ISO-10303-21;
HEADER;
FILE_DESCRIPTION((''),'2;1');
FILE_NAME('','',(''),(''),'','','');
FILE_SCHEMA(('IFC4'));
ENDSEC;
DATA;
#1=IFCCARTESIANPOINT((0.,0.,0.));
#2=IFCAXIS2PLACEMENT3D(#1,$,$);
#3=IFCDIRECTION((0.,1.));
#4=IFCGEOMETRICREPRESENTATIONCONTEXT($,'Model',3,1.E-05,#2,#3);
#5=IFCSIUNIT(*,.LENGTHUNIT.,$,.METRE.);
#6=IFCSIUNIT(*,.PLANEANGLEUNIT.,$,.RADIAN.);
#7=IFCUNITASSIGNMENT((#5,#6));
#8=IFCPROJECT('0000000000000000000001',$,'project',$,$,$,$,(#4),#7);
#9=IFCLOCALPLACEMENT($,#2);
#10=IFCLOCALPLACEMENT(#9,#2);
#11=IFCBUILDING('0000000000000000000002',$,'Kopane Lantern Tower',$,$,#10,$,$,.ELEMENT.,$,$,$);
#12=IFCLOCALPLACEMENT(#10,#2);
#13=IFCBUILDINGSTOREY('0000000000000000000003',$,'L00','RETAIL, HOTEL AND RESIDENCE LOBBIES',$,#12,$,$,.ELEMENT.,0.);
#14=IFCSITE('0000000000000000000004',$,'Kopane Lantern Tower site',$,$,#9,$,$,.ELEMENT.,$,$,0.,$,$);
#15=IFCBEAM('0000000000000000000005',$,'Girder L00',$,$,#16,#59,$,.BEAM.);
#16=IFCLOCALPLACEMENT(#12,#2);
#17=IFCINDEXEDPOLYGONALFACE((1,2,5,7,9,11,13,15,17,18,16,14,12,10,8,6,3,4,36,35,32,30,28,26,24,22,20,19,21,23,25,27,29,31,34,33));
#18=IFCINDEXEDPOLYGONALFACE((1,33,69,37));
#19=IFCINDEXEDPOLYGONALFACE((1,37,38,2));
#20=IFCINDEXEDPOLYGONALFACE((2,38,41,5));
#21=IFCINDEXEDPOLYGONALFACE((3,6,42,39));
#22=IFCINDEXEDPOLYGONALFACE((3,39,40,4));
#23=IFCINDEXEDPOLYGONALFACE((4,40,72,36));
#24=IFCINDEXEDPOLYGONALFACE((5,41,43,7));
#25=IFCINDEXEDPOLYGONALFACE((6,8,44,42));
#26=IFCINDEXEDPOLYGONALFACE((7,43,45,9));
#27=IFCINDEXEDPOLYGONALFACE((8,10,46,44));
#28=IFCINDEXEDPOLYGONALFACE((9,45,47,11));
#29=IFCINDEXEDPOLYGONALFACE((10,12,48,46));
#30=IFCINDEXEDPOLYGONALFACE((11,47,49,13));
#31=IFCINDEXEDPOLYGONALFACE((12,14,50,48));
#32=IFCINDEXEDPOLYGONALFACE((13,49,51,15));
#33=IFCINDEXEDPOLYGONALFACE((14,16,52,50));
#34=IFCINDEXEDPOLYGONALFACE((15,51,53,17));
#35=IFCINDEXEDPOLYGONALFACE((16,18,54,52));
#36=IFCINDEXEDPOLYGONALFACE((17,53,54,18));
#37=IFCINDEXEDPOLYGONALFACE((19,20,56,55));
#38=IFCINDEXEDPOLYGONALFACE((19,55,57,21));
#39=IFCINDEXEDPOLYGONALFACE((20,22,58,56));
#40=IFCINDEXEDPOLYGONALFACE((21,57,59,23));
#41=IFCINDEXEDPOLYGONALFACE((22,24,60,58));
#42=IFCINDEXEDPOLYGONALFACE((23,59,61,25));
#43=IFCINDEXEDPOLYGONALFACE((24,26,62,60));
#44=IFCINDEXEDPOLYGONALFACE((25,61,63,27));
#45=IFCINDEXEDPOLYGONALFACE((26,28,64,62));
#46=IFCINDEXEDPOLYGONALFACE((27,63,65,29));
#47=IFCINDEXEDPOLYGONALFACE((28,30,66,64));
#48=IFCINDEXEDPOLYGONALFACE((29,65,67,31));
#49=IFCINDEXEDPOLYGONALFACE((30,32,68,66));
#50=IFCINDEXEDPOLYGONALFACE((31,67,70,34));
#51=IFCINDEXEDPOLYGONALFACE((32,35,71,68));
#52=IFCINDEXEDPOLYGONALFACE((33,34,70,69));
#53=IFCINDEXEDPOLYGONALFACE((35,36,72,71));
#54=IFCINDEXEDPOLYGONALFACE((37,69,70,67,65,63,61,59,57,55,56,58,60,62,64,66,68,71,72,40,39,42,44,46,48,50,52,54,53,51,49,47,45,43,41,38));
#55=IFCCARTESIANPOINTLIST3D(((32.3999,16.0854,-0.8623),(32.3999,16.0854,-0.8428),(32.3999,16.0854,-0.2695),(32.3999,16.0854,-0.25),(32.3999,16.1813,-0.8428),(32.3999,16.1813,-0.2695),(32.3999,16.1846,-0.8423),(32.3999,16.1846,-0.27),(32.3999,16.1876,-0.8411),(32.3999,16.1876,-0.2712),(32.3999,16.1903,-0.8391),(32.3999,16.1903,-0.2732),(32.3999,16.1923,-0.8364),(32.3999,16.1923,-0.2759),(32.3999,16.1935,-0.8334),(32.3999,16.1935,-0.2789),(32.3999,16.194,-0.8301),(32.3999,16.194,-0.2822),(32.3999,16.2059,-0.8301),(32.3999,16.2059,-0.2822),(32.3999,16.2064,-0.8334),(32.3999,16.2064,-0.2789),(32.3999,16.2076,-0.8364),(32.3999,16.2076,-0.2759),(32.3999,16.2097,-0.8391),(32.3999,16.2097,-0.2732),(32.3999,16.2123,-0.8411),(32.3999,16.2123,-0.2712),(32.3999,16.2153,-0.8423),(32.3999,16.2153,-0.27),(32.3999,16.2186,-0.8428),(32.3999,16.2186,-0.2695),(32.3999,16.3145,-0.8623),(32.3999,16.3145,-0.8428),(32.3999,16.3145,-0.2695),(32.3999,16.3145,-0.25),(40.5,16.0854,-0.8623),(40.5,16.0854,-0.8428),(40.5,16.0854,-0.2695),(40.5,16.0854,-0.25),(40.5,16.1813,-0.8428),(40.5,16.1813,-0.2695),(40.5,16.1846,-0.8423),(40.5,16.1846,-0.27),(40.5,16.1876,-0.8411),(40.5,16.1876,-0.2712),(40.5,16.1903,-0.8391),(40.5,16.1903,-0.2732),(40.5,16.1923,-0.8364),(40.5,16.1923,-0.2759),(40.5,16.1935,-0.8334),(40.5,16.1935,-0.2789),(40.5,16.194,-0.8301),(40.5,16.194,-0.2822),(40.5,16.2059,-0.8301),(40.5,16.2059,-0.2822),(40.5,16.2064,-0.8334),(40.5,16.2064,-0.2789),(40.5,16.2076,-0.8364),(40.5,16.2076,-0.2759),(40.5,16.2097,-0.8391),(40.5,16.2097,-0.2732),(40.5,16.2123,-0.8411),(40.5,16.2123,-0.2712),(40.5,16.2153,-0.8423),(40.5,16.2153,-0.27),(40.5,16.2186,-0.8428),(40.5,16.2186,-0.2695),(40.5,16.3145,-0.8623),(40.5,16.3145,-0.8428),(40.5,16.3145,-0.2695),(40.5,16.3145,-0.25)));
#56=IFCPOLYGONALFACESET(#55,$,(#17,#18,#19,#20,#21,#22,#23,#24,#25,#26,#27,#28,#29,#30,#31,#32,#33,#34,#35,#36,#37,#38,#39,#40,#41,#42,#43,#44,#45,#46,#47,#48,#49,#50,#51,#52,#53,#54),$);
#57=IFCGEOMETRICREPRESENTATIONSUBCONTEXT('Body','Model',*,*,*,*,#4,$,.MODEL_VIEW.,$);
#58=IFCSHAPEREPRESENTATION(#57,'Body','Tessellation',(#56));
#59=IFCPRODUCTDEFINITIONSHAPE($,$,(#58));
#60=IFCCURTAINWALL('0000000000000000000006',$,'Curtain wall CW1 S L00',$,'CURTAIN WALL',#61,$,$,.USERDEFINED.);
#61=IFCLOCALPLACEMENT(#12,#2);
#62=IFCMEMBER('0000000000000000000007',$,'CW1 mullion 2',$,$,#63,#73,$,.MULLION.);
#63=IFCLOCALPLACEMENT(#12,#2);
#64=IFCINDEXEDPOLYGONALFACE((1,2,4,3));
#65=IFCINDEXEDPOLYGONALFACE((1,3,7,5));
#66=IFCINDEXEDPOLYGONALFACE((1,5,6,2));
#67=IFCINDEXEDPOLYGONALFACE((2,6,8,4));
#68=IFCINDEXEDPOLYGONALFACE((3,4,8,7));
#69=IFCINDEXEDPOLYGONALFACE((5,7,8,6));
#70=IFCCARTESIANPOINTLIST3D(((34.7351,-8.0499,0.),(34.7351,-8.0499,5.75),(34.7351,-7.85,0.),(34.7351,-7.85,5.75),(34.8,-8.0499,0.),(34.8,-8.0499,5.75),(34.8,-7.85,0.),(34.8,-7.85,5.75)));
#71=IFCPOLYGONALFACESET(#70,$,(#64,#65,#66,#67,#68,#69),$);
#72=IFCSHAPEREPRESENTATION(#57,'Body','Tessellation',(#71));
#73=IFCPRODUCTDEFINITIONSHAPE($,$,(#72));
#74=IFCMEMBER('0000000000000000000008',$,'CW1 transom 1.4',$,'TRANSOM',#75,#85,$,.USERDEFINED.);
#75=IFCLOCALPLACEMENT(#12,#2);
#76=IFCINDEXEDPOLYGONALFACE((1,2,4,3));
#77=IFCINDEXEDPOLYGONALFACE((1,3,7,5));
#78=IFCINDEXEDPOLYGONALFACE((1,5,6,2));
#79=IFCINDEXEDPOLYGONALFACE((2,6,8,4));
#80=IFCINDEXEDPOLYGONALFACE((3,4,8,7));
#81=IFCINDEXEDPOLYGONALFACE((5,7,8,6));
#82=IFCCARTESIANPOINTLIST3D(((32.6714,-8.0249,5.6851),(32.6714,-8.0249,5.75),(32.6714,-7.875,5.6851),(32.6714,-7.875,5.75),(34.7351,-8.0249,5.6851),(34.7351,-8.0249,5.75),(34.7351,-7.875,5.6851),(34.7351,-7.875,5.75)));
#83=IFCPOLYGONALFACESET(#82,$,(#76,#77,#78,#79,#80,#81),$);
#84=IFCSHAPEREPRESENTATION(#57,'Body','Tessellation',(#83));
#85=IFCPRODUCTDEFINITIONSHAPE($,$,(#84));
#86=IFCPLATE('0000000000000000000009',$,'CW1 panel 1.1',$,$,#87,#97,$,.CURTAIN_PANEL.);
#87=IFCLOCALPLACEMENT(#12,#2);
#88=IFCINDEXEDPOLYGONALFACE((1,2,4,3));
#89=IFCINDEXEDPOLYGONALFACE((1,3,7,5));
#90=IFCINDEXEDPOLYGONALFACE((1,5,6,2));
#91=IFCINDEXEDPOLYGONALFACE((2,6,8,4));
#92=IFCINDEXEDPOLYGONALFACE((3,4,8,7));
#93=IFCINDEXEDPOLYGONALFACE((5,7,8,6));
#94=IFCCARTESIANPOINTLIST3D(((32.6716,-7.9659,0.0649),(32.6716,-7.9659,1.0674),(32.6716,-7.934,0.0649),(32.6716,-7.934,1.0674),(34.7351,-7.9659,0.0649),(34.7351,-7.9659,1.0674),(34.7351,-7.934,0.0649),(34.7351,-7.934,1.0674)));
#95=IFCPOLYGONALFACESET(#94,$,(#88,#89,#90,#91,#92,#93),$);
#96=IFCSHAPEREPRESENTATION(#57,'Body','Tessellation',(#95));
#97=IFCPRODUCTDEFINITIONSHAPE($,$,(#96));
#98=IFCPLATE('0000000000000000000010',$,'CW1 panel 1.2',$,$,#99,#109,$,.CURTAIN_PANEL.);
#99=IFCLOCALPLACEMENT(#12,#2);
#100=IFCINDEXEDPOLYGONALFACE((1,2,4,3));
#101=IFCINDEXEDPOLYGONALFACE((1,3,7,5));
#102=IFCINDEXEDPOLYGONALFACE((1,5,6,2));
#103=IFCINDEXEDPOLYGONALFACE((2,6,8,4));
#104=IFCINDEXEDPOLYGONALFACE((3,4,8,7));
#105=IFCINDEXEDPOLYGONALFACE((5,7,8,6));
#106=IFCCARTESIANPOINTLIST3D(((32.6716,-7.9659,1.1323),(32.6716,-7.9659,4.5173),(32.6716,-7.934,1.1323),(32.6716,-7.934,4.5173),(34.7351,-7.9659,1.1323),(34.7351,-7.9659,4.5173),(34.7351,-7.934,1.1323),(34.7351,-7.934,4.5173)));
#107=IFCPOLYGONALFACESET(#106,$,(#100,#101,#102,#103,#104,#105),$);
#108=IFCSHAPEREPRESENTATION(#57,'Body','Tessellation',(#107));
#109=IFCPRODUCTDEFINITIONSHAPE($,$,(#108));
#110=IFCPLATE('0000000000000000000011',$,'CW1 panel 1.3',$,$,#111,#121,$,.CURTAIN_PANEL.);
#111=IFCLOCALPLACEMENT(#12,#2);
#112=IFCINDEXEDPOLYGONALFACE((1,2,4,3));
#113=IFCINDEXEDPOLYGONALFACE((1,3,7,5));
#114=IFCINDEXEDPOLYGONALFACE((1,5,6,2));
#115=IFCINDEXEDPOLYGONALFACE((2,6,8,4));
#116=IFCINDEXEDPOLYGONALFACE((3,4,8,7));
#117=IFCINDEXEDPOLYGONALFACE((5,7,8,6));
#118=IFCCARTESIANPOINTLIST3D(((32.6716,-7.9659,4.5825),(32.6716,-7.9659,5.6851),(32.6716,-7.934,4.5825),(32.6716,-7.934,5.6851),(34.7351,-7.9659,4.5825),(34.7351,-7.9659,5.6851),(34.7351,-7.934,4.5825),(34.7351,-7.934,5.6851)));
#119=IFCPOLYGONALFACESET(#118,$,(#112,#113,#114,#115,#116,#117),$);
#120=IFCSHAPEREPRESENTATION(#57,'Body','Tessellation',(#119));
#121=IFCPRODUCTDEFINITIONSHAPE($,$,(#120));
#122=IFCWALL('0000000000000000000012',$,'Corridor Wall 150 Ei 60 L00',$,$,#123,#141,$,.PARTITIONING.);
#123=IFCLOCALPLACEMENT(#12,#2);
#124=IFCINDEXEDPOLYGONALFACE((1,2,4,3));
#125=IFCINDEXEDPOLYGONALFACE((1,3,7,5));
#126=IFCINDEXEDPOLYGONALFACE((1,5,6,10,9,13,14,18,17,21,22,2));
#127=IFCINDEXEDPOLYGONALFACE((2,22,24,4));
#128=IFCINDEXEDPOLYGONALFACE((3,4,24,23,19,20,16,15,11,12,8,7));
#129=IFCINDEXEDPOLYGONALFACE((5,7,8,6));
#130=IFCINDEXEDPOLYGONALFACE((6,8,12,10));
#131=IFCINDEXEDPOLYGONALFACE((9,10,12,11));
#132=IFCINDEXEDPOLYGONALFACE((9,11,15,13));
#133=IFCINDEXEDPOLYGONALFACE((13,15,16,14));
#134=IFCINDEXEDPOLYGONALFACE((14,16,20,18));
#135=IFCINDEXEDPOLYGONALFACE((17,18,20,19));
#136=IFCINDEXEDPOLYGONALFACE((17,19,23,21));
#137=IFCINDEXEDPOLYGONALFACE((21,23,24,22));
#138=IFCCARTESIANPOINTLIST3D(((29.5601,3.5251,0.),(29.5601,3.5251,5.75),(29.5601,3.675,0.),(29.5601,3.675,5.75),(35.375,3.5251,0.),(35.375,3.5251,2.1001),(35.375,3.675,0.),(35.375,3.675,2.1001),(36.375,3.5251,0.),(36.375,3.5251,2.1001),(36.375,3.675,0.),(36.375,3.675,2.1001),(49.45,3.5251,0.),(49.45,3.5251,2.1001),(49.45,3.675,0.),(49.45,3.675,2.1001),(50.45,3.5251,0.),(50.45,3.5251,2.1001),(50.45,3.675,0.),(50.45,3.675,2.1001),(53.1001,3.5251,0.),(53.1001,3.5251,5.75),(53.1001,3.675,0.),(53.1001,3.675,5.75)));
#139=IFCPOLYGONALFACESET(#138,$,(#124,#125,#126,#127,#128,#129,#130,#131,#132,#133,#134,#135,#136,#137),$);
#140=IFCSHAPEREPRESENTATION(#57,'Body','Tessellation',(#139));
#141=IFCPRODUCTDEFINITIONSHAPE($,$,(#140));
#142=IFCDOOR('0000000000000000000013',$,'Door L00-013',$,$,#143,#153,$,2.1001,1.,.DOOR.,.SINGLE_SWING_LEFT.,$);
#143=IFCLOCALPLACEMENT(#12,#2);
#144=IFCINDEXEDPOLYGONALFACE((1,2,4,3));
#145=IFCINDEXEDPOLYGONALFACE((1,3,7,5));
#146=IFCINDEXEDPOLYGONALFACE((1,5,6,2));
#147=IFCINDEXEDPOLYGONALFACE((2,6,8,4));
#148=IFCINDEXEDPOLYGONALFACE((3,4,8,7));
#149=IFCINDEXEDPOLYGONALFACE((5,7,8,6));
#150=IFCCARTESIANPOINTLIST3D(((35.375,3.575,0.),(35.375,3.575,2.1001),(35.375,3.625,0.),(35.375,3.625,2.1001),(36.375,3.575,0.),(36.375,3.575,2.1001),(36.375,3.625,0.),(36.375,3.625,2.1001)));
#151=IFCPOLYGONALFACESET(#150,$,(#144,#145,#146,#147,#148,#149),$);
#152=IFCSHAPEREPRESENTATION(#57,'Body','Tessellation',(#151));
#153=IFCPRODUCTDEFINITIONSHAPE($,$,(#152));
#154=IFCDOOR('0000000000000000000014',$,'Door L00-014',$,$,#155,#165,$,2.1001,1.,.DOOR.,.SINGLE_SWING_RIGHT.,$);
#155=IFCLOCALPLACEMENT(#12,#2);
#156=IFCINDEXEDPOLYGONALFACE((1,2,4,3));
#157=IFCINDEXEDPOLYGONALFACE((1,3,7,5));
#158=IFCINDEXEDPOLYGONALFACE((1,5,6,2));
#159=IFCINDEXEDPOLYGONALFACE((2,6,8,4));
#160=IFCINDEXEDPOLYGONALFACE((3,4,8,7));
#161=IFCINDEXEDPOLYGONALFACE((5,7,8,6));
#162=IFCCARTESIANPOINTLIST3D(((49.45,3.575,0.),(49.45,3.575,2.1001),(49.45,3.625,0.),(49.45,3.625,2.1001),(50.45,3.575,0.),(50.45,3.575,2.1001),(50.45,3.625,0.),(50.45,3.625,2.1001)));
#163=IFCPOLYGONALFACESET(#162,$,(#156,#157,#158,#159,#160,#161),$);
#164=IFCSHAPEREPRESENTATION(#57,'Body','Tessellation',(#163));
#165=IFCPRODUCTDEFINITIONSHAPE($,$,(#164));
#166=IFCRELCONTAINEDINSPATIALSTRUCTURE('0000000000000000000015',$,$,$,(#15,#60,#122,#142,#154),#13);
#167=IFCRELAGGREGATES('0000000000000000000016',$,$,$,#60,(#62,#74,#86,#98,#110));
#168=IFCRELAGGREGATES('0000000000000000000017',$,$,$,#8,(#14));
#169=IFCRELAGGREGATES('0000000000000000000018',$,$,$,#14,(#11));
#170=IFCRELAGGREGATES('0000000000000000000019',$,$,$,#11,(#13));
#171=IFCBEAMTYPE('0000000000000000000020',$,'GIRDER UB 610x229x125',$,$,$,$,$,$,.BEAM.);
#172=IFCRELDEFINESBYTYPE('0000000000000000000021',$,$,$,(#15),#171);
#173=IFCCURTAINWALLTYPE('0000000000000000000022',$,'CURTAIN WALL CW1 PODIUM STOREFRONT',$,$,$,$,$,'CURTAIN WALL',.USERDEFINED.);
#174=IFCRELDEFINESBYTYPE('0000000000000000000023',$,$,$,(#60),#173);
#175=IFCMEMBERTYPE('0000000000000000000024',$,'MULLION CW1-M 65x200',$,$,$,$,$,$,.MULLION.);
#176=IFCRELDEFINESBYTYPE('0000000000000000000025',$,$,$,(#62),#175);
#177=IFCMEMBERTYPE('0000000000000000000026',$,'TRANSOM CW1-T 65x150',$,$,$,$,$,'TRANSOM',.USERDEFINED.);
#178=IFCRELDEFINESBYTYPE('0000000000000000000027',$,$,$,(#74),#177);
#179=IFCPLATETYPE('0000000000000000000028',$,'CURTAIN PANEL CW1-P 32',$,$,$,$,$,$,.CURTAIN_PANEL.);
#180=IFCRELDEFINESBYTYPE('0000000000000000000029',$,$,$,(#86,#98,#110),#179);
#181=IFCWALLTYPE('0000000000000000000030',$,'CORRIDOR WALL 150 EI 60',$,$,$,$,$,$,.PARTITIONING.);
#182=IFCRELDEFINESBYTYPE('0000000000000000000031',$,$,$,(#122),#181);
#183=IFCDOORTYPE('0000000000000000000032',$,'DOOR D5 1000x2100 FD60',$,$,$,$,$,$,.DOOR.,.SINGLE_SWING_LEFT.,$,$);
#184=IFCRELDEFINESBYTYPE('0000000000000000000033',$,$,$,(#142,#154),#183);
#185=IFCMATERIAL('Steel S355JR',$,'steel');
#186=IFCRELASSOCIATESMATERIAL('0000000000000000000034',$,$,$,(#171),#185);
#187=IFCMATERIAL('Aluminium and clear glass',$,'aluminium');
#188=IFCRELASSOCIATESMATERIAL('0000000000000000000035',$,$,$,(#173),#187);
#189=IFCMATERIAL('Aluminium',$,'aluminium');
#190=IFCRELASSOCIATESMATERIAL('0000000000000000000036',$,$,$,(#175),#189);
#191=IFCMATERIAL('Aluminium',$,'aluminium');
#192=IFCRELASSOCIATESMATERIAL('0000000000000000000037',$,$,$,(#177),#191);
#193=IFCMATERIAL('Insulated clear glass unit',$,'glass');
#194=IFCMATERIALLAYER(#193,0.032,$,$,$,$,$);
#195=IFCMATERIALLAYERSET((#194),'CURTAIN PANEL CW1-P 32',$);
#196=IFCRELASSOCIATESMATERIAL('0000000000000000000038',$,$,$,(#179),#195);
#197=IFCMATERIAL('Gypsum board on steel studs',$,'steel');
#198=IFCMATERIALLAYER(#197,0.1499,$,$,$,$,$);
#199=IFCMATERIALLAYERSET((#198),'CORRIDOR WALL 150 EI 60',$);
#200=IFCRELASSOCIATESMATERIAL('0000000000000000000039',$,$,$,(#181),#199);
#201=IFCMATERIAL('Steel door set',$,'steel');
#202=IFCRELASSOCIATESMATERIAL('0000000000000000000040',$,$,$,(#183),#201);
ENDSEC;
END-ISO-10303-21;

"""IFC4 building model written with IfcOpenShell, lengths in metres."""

from ifc_helpers import new_model, si_unit, direction, frame, frame_2d, origin, origin_2d, place, context, subcontext, project, spatial, rectangle, i_section, extrude, material, layer, layer_set, material_profile, profile_set, type_object, element, fill, aggregate, save


model = new_model("IFC4")

# Units and contexts
model_context = context("Model", 3, precision=1e-05, world=origin(), true_north=direction((0.0, 1.0)))
body_context = subcontext(model_context, "Body", "Model", "MODEL_VIEW")
ifc_project = project(units=[si_unit("LENGTHUNIT", "METRE"), si_unit("PLANEANGLEUNIT", "RADIAN")], contexts=[model_context])

# Site, building, storey
site_placement = place(None, origin())
site = spatial("IfcSite", under=ifc_project, at=site_placement, Name="Kopane Lantern Tower site", CompositionType="ELEMENT", RefElevation=0.0)
building_placement = place(site_placement, origin())
building = spatial("IfcBuilding", under=site, at=building_placement, Name="Kopane Lantern Tower", CompositionType="ELEMENT")
storey_placement = place(building_placement, origin())
storey = spatial("IfcBuildingStorey", under=building, at=storey_placement, Name="L00", Description="RETAIL, HOTEL AND RESIDENCE LOBBIES", CompositionType="ELEMENT", Elevation=0.0)

# Beam
ifc_material_1 = material(Name="Steel S355JR", Category="steel")
ifc_material_profile_1 = material_profile(ifc_material_1, i_section(OverallWidth=0.229, OverallDepth=0.6123, WebThickness=0.012, FlangeThickness=0.0195, FilletRadius=0.0127, at=origin_2d()), Name="UB 610x229x125")
ifc_profile_set_1 = profile_set([ifc_material_profile_1], Name="Steel S355JR")
beam_type = type_object("IfcBeamType", Name="GIRDER UB 610x229x125", PredefinedType="BEAM", material=ifc_profile_set_1)
for number, where, z_axis, x_axis, name in (
    (1, (32.3999, 16.2, -0.5562), (1.0, 0.0, 0.0), (0.0, 1.0, 0.0), "Girder L00"),
):
    element("IfcBeam", number, at=place(storey_placement, frame(where, z_axis=z_axis, x_axis=x_axis)), inside=storey, type_object=beam_type, Name=name, PredefinedType="BEAM", context=body_context, shape_type="SweptSolid", body=[
        extrude(i_section(OverallWidth=0.229, OverallDepth=0.6123, WebThickness=0.012, FlangeThickness=0.0195, FilletRadius=0.0127, at=origin_2d()), origin(), (0.0, 0.0, 1.0), 8.1001),
    ])

# Curtain wall, members, plates
ifc_material_2 = material(Name="Aluminium and clear glass", Category="aluminium")
curtain_wall_type = type_object("IfcCurtainWallType", Name="CURTAIN WALL CW1 PODIUM STOREFRONT", ElementType="CURTAIN WALL", PredefinedType="USERDEFINED", material=ifc_material_2)
curtain_wall_placement = place(storey_placement, origin())
curtain_wall = element("IfcCurtainWall", 2, at=curtain_wall_placement, inside=storey, type_object=curtain_wall_type, Name="Curtain wall CW1 S L00", ObjectType="CURTAIN WALL", PredefinedType="USERDEFINED")
ifc_material_3 = material(Name="Aluminium", Category="aluminium")
ifc_material_profile_2 = material_profile(ifc_material_3, rectangle(XDim=0.0649, YDim=0.2, at=origin_2d()), Name="AL 65x200")
ifc_profile_set_2 = profile_set([ifc_material_profile_2], Name="Aluminium")
member_type_1 = type_object("IfcMemberType", Name="MULLION CW1-M 65x200", PredefinedType="MULLION", material=ifc_profile_set_2)
member_1_placement = place(storey_placement, frame((34.7676, -7.95, 0.0), z_axis=(0.0, 0.0, 1.0), x_axis=(1.0, 0.0, 0.0)))
member_1 = element("IfcMember", 3, at=member_1_placement, type_object=member_type_1, Name="CW1 mullion 2", PredefinedType="MULLION", context=body_context, shape_type="SweptSolid", body=[
    extrude(rectangle(XDim=0.0649, YDim=0.2, at=origin_2d()), origin(), (0.0, 0.0, 1.0), 5.75),
])
ifc_material_4 = material(Name="Aluminium", Category="aluminium")
ifc_material_profile_3 = material_profile(ifc_material_4, rectangle(XDim=0.1499, YDim=0.0649, at=origin_2d()), Name="AL 150x65")
ifc_profile_set_3 = profile_set([ifc_material_profile_3], Name="Aluminium")
member_type_2 = type_object("IfcMemberType", Name="TRANSOM CW1-T 65x150", ElementType="TRANSOM", PredefinedType="USERDEFINED", material=ifc_profile_set_3)
member_2_placement = place(storey_placement, frame((32.6714, -7.95, 5.7175), z_axis=(1.0, 0.0, 0.0), x_axis=(0.0, 1.0, 0.0)))
member_2 = element("IfcMember", 4, at=member_2_placement, type_object=member_type_2, Name="CW1 transom 1.4", ObjectType="TRANSOM", PredefinedType="USERDEFINED", context=body_context, shape_type="SweptSolid", body=[
    extrude(rectangle(XDim=0.1499, YDim=0.0649, at=origin_2d()), origin(), (0.0, 0.0, 1.0), 2.0637),
])
ifc_material_5 = material(Name="Insulated clear glass unit", Category="glass")
ifc_layer_1 = layer(ifc_material_5, 0.032)
ifc_layer_set_1 = layer_set([ifc_layer_1], Name="CURTAIN PANEL CW1-P 32")
plate_type = type_object("IfcPlateType", Name="CURTAIN PANEL CW1-P 32", PredefinedType="CURTAIN_PANEL", material=ifc_layer_set_1)
plate_1_placement = place(storey_placement, frame((33.7034, -7.95, 0.0649), z_axis=(0.0, 0.0, 1.0), x_axis=(1.0, 0.0, 0.0)))
plate_1 = element("IfcPlate", 5, at=plate_1_placement, type_object=plate_type, Name="CW1 panel 1.1", PredefinedType="CURTAIN_PANEL", context=body_context, shape_type="SweptSolid", body=[
    extrude(rectangle(XDim=2.0635, YDim=0.032, at=origin_2d()), origin(), (0.0, 0.0, 1.0), 1.0024),
])
plate_2_placement = place(storey_placement, frame((33.7034, -7.95, 1.1323), z_axis=(0.0, 0.0, 1.0), x_axis=(1.0, 0.0, 0.0)))
plate_2 = element("IfcPlate", 6, at=plate_2_placement, type_object=plate_type, Name="CW1 panel 1.2", PredefinedType="CURTAIN_PANEL", context=body_context, shape_type="SweptSolid", body=[
    extrude(rectangle(XDim=2.0635, YDim=0.032, at=origin_2d()), origin(), (0.0, 0.0, 1.0), 3.385),
])
plate_3_placement = place(storey_placement, frame((33.7034, -7.95, 4.5825), z_axis=(0.0, 0.0, 1.0), x_axis=(1.0, 0.0, 0.0)))
plate_3 = element("IfcPlate", 7, at=plate_3_placement, type_object=plate_type, Name="CW1 panel 1.3", PredefinedType="CURTAIN_PANEL", context=body_context, shape_type="SweptSolid", body=[
    extrude(rectangle(XDim=2.0635, YDim=0.032, at=origin_2d()), origin(), (0.0, 0.0, 1.0), 1.1025),
])
aggregate(curtain_wall, [member_1, member_2, plate_1, plate_2, plate_3])

# Wall, openings, doors
ifc_material_6 = material(Name="Gypsum board on steel studs", Category="steel")
ifc_layer_2 = layer(ifc_material_6, 0.1499)
ifc_layer_set_2 = layer_set([ifc_layer_2], Name="CORRIDOR WALL 150 EI 60")
wall_type_1 = type_object("IfcWallType", Name="CORRIDOR WALL 150 EI 60", PredefinedType="PARTITIONING", material=ifc_layer_set_2)
wall_1_placement = place(storey_placement, frame((29.5601, 3.6001, 0.0), z_axis=(0.0, 0.0, 1.0), x_axis=(1.0, 0.0, 0.0)))
wall_1 = element("IfcWall", 8, at=wall_1_placement, inside=storey, type_object=wall_type_1, Name="Corridor Wall 150 Ei 60 L00", PredefinedType="PARTITIONING", context=body_context, shape_type="SweptSolid", body=[
    extrude(rectangle(XDim=23.54, YDim=0.1499, at=frame_2d((11.77, 0.0))), origin(), (0.0, 0.0, 1.0), 5.75),
])
opening_1_placement = place(wall_1_placement, frame((5.8149, 0.0, 0.0)))
opening_1 = element("IfcOpeningElement", 9, at=opening_1_placement, cuts=wall_1, PredefinedType="OPENING", context=body_context, shape_type="SweptSolid", body=[
    extrude(rectangle(XDim=1.0, YDim=2.1001, at=frame_2d((0.5, 1.05))), frame((0.0, 0.085, 0.0), z_axis=(0.0, -1.0, 0.0), x_axis=(1.0, 0.0, 0.0)), (0.0, 0.0, 1.0), 0.1699),
])
opening_2_placement = place(wall_1_placement, frame((19.8899, 0.0, 0.0)))
opening_2 = element("IfcOpeningElement", 10, at=opening_2_placement, cuts=wall_1, PredefinedType="OPENING", context=body_context, shape_type="SweptSolid", body=[
    extrude(rectangle(XDim=1.0, YDim=2.1001, at=frame_2d((0.5, 1.05))), frame((0.0, 0.085, 0.0), z_axis=(0.0, -1.0, 0.0), x_axis=(1.0, 0.0, 0.0)), (0.0, 0.0, 1.0), 0.1699),
])
ifc_material_7 = material(Name="Steel door set", Category="steel")
door_type_1 = type_object("IfcDoorType", Name="DOOR D5 1000x2100 FD60", OperationType="SINGLE_SWING_LEFT", PredefinedType="DOOR", material=ifc_material_7)
door_1_placement = place(opening_1_placement, origin())
door_1 = element("IfcDoor", 11, at=door_1_placement, inside=storey, type_object=door_type_1, Name="Door L00-013", OperationType="SINGLE_SWING_LEFT", OverallHeight=2.1001, OverallWidth=1.0, PredefinedType="DOOR", context=body_context, shape_type="SweptSolid", body=[
    extrude(rectangle(XDim=1.0, YDim=2.1001, at=frame_2d((0.5, 1.05))), frame((0.0, 0.0249, 0.0), z_axis=(0.0, -1.0, 0.0), x_axis=(1.0, 0.0, 0.0)), (0.0, 0.0, 1.0), 0.05),
])
fill(opening_1, door_1)
door_2_placement = place(opening_2_placement, origin())
door_2 = element("IfcDoor", 12, at=door_2_placement, inside=storey, type_object=door_type_1, Name="Door L00-014", OperationType="SINGLE_SWING_RIGHT", OverallHeight=2.1001, OverallWidth=1.0, PredefinedType="DOOR", context=body_context, shape_type="SweptSolid", body=[
    extrude(rectangle(XDim=1.0, YDim=2.1001, at=frame_2d((0.5, 1.05))), frame((0.0, 0.0249, 0.0), z_axis=(0.0, -1.0, 0.0), x_axis=(1.0, 0.0, 0.0)), (0.0, 0.0, 1.0), 0.05),
])
fill(opening_2, door_2)

save(model, "model.ifc")
